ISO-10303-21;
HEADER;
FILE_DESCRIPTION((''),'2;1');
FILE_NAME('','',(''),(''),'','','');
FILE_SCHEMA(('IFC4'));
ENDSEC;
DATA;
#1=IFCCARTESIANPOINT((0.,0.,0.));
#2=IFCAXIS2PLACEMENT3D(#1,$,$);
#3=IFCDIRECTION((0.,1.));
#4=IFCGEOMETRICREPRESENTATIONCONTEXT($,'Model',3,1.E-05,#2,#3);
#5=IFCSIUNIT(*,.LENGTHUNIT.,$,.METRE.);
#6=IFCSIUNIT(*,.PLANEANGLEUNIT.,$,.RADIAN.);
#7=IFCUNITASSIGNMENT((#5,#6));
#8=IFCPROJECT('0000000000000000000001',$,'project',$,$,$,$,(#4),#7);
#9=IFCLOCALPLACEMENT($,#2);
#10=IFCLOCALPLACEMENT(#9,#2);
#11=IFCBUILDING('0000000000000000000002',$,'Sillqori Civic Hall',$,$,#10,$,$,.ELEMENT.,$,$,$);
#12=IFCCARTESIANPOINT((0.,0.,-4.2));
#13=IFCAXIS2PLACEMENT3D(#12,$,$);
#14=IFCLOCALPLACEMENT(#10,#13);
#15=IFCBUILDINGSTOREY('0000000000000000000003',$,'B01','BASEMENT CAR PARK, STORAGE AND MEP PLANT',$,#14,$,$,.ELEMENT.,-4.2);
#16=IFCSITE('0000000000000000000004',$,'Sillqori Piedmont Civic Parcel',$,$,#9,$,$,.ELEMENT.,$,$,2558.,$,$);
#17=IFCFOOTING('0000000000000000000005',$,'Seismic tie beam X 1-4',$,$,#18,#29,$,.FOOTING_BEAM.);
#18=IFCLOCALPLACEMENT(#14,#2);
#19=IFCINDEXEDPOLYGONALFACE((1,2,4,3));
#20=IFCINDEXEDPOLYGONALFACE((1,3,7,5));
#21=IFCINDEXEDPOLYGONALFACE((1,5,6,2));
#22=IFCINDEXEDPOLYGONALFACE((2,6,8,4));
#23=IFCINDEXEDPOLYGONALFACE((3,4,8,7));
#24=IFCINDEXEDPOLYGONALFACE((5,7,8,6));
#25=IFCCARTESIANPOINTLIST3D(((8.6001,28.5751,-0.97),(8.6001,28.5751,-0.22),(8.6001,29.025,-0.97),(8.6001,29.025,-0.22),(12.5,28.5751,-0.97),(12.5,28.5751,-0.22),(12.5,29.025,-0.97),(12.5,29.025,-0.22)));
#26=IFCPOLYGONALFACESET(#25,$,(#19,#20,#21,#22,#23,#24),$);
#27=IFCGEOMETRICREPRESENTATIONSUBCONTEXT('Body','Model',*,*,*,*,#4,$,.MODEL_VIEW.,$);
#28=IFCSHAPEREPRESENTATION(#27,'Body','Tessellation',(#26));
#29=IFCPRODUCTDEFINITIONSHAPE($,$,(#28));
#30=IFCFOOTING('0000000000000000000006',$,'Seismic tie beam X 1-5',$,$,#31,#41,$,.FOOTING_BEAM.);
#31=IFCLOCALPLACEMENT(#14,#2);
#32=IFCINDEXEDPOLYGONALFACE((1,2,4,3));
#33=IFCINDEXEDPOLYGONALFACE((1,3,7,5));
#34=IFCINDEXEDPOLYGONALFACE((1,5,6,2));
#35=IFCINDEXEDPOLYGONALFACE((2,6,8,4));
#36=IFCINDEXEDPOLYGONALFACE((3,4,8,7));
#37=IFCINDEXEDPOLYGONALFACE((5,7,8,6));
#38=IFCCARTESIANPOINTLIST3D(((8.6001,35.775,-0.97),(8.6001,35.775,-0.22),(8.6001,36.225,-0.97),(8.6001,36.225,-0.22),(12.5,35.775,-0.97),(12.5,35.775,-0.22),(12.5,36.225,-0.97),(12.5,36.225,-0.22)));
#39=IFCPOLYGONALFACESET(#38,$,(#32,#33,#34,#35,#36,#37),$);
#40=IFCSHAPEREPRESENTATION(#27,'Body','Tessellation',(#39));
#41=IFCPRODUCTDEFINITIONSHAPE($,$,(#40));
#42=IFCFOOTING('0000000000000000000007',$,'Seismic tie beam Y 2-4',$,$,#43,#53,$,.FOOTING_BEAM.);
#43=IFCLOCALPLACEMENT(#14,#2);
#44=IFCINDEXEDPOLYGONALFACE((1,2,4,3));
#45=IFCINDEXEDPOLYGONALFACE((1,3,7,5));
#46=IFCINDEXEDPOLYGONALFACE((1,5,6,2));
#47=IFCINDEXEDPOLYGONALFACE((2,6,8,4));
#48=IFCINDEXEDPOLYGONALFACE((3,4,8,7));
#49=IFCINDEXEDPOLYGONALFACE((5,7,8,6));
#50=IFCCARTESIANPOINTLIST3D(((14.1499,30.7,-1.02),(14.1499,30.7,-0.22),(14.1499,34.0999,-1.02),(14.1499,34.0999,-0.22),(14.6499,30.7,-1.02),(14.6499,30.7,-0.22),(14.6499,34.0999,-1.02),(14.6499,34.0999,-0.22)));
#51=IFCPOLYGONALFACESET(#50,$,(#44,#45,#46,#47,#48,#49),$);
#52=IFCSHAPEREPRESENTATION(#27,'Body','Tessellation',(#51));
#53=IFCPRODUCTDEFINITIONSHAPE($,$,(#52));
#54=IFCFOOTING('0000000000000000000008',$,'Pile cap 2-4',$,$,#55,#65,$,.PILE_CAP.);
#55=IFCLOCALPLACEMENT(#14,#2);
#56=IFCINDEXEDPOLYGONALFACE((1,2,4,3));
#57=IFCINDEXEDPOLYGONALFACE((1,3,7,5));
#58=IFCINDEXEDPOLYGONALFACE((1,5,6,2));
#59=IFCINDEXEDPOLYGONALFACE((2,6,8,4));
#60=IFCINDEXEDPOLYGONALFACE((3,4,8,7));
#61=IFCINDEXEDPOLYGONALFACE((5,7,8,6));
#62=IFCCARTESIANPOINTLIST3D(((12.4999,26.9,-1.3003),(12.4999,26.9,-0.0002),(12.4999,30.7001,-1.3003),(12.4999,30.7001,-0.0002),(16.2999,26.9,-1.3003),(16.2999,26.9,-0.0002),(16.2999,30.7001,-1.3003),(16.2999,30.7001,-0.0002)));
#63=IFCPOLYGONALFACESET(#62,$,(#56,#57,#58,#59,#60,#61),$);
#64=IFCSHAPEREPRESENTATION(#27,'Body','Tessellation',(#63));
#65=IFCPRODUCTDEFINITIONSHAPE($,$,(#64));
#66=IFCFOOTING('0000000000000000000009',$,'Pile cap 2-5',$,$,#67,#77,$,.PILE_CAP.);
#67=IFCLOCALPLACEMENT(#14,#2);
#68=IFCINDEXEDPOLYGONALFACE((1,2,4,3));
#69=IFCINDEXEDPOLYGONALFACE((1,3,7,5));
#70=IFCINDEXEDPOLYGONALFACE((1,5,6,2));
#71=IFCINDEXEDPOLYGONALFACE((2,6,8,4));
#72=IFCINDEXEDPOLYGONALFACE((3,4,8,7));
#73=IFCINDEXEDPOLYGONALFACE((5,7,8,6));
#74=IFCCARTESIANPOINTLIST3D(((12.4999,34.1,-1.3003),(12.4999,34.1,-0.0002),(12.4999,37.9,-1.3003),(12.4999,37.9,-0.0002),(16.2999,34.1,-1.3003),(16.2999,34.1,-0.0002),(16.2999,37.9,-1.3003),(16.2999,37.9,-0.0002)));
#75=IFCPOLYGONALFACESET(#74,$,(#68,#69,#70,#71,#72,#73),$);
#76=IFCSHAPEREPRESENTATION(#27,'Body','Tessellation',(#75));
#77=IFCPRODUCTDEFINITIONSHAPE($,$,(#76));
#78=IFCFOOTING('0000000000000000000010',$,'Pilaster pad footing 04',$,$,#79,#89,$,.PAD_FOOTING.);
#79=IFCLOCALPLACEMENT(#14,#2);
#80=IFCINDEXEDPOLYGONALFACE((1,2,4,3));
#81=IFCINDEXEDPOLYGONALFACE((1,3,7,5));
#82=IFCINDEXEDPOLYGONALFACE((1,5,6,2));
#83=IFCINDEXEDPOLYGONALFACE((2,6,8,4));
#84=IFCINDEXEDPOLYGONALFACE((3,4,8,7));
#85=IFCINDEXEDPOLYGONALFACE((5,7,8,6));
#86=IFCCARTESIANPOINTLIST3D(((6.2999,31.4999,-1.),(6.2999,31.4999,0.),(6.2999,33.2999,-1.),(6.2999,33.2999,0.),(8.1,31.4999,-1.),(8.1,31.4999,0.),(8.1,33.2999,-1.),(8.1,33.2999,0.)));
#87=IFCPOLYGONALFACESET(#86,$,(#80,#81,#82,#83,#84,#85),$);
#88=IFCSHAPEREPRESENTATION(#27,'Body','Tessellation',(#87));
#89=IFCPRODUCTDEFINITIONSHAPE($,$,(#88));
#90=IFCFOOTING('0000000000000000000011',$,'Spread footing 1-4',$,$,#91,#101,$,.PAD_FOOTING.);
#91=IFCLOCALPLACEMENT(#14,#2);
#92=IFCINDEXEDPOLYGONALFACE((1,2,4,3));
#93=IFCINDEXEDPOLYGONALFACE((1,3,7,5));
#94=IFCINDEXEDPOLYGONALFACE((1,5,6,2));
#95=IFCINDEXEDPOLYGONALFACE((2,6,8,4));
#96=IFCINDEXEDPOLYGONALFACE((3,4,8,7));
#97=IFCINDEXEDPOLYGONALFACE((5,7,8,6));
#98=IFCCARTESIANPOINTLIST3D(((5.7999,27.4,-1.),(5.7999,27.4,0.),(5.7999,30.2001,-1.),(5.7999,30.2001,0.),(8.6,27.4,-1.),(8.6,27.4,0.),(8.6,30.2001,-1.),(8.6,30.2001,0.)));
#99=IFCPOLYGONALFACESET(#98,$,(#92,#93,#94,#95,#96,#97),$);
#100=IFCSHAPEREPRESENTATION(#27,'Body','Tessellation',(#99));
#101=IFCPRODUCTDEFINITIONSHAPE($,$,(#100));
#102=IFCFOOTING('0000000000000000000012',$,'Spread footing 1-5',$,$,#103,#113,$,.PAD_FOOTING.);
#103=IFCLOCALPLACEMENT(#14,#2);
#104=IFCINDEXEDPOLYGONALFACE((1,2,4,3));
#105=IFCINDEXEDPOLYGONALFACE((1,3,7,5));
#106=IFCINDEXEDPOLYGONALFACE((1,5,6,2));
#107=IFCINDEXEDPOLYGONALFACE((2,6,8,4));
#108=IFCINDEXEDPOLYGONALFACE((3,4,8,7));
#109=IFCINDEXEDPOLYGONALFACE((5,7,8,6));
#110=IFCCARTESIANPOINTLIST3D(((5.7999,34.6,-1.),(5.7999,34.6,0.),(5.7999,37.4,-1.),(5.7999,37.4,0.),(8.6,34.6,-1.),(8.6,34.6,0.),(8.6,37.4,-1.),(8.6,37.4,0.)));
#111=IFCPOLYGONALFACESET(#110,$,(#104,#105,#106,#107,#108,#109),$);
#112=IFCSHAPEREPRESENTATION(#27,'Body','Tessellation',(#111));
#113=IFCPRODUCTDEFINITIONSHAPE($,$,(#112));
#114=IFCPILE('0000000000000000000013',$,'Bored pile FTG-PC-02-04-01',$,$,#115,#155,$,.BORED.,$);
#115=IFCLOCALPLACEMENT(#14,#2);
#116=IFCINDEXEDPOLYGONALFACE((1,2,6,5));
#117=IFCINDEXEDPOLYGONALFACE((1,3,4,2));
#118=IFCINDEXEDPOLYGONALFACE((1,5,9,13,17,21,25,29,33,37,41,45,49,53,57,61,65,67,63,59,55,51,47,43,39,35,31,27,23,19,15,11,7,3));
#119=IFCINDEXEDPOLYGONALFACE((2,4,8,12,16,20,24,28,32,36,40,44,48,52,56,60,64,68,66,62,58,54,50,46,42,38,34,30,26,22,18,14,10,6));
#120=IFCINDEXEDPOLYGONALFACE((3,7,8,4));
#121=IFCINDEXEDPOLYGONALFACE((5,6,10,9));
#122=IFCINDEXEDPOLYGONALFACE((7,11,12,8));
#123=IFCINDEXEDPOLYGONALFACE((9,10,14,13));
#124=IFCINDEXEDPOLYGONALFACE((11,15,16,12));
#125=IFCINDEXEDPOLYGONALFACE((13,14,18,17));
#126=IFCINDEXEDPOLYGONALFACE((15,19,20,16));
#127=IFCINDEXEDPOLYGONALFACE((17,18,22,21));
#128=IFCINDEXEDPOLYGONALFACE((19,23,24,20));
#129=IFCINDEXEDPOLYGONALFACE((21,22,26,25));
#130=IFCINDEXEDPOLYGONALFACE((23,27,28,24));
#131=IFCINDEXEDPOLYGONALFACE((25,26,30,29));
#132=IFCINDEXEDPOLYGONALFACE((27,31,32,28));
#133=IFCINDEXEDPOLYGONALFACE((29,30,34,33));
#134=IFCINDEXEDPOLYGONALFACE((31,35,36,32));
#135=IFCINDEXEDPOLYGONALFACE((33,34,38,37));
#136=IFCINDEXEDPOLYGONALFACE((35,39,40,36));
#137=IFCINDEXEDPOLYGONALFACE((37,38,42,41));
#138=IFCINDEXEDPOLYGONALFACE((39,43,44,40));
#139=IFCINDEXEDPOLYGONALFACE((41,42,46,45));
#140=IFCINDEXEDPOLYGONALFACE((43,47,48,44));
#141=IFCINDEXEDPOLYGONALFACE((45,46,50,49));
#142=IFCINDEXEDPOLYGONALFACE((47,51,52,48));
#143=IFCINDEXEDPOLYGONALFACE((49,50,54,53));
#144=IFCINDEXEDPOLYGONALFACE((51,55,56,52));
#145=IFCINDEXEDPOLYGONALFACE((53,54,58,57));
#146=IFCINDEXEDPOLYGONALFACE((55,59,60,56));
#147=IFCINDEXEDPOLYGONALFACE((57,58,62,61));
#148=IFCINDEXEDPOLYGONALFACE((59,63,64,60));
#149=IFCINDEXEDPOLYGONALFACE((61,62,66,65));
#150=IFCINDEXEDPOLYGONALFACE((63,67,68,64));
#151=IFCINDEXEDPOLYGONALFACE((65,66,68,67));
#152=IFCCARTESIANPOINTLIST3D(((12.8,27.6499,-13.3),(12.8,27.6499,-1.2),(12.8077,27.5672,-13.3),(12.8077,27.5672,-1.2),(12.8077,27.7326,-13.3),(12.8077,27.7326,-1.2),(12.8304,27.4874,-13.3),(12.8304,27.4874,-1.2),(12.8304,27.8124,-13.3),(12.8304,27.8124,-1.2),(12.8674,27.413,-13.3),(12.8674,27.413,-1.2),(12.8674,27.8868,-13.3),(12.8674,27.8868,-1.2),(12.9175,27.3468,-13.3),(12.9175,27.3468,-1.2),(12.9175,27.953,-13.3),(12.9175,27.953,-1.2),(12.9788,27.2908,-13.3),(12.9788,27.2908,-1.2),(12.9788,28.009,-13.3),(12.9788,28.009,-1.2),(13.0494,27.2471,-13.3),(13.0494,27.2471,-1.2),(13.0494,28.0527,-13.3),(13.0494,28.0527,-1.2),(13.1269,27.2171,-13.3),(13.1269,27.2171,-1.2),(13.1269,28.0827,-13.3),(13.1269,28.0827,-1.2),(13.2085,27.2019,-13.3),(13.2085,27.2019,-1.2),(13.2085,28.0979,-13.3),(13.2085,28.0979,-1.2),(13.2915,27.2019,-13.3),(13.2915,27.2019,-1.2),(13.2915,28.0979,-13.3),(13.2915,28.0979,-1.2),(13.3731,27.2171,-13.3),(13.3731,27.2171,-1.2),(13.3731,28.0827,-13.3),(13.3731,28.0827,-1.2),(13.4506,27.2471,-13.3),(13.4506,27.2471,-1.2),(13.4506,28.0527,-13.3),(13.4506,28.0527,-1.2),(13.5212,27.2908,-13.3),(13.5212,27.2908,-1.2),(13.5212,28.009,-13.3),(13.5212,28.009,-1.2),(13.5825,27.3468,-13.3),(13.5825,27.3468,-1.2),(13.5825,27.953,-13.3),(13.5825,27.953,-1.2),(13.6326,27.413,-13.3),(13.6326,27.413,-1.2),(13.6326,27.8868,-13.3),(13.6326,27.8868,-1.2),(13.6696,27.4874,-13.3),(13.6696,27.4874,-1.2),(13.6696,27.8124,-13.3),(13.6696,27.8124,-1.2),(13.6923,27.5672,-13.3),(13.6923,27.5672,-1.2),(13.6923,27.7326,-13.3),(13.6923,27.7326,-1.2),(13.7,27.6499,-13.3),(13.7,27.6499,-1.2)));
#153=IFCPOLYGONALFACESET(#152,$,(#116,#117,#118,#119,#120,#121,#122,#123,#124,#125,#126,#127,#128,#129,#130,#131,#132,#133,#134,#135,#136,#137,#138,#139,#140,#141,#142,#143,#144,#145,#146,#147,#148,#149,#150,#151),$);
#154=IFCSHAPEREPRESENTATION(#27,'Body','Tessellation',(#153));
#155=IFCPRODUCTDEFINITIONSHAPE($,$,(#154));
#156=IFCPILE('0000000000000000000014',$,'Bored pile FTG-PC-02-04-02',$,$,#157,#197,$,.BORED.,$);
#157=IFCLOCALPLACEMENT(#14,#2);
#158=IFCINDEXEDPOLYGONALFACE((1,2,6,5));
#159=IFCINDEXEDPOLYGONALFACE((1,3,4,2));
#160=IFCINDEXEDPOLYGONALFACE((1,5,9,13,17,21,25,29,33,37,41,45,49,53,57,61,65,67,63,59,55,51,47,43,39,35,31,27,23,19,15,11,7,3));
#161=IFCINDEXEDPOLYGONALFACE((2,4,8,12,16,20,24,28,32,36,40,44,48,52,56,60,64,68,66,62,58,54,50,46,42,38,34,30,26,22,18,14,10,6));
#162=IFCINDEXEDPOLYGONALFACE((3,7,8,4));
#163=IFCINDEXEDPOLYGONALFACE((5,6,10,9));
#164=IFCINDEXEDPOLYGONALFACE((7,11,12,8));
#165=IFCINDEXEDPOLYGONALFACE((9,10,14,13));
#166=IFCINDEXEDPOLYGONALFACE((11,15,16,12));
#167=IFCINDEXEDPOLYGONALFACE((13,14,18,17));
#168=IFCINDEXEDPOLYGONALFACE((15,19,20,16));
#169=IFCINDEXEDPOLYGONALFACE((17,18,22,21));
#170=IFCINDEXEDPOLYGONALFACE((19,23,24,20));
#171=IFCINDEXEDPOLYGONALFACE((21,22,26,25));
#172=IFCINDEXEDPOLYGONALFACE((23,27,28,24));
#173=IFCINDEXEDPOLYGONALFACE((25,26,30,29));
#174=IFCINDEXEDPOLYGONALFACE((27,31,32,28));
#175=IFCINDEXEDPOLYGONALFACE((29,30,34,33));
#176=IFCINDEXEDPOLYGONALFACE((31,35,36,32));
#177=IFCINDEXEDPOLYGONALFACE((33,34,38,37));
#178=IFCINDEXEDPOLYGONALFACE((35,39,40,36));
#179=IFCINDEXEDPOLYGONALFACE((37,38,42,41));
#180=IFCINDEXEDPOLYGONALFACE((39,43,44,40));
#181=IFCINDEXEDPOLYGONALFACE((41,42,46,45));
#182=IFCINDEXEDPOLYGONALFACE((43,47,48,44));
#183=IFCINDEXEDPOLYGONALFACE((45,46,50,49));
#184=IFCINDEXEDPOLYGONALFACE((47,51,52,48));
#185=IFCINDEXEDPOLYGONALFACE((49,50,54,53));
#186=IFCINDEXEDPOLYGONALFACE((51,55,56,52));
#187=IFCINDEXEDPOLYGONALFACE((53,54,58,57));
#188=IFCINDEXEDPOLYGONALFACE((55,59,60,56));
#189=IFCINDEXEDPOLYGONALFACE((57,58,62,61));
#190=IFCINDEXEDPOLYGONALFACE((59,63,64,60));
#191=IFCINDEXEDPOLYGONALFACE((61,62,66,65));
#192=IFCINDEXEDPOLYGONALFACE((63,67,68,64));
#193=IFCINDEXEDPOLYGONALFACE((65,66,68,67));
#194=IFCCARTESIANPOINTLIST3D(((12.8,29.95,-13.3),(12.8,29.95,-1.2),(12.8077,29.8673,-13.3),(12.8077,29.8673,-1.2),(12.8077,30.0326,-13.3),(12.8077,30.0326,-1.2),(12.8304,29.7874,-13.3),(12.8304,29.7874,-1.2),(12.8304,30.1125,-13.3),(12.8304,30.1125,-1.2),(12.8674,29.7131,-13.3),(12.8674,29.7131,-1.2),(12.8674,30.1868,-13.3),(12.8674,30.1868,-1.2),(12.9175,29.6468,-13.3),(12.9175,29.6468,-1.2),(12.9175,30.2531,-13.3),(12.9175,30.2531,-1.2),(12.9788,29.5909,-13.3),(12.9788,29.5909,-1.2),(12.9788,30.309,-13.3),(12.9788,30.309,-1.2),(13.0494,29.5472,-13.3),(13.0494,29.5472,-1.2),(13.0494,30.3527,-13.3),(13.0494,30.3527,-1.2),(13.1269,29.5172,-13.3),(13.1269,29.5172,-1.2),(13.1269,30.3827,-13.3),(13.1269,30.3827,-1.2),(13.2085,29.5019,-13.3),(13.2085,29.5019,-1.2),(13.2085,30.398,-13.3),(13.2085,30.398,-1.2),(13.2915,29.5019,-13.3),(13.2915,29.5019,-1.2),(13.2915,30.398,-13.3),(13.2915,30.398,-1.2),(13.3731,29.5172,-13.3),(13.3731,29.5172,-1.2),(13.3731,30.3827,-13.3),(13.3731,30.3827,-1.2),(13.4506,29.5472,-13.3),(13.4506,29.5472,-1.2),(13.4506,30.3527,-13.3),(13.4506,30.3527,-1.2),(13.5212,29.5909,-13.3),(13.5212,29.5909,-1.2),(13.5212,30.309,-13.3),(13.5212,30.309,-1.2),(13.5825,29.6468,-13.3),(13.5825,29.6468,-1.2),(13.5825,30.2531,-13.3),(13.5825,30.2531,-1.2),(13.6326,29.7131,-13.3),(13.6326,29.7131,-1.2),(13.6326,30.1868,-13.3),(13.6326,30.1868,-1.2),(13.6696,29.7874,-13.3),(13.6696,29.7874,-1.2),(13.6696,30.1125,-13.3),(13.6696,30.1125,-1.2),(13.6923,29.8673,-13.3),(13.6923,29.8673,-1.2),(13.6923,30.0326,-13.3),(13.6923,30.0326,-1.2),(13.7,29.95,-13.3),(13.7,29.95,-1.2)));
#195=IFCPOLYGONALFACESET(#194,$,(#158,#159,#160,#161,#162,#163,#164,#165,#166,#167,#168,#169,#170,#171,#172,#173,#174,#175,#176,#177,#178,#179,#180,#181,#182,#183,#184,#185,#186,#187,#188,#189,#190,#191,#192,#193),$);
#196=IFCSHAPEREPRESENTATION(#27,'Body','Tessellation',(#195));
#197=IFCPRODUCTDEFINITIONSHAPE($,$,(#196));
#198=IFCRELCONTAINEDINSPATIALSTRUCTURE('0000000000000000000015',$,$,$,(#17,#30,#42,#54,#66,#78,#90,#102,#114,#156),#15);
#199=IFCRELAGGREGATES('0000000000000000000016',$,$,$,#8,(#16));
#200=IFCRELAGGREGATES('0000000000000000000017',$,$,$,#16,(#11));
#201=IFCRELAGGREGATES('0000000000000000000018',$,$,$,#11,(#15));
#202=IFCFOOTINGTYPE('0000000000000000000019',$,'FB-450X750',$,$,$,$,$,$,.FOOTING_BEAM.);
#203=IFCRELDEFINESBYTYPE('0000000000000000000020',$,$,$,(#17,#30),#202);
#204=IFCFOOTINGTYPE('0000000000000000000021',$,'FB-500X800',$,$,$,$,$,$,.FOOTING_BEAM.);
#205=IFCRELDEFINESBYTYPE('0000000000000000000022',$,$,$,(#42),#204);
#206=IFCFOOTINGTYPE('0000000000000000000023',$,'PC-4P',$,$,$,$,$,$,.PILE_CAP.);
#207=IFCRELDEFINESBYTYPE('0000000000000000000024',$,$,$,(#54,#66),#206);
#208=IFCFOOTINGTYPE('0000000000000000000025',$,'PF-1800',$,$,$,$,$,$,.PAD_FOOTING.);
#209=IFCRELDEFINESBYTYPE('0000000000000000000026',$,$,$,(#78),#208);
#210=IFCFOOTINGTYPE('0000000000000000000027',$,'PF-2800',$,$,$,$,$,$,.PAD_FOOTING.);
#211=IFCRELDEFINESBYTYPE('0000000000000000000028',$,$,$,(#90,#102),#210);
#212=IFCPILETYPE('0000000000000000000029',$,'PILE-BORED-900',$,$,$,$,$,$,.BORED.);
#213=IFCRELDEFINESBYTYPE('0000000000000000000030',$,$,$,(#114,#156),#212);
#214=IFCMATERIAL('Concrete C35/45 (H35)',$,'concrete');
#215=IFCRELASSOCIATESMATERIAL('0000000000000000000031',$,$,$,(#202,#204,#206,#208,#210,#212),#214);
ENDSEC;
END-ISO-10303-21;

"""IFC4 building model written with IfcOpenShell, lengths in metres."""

from ifc_helpers import new_model, si_unit, direction, frame, origin, origin_2d, place, context, subcontext, project, spatial, rectangle, circle, extrude, material, material_profile, profile_set, type_object, element, save


model = new_model("IFC4")

# Units and contexts
model_context = context("Model", 3, precision=1e-05, world=origin(), true_north=direction((0.0, 1.0)))
body_context = subcontext(model_context, "Body", "Model", "MODEL_VIEW")
ifc_project = project(units=[si_unit("LENGTHUNIT", "METRE"), si_unit("PLANEANGLEUNIT", "RADIAN")], contexts=[model_context])

# Site, building, storey
site_placement = place(None, origin())
site = spatial("IfcSite", under=ifc_project, at=site_placement, Name="Sillqori Piedmont Civic Parcel", CompositionType="ELEMENT", RefElevation=2558.0)
building_placement = place(site_placement, origin())
building = spatial("IfcBuilding", under=site, at=building_placement, Name="Sillqori Civic Hall", CompositionType="ELEMENT")
storey_placement = place(building_placement, frame((0.0, 0.0, -4.2)))
storey = spatial("IfcBuildingStorey", under=building, at=storey_placement, Name="B01", Description="BASEMENT CAR PARK, STORAGE AND MEP PLANT", CompositionType="ELEMENT", Elevation=-4.2)

# Footings
ifc_material = material(Name="Concrete C35/45 (H35)", Category="concrete")
footing_type_1 = type_object("IfcFootingType", Name="FB-450X750", PredefinedType="FOOTING_BEAM", material=ifc_material)
for number, where, z_axis, x_axis, name in (
    (1, (10.55, 28.8, -0.97), (0.0, 0.0, 1.0), (1.0, 0.0, 0.0), "Seismic tie beam X 1-4"),
    (2, (10.55, 36.0, -0.97), (0.0, 0.0, 1.0), (1.0, 0.0, 0.0), "Seismic tie beam X 1-5"),
):
    element("IfcFooting", number, at=place(storey_placement, frame(where, z_axis=z_axis, x_axis=x_axis)), inside=storey, type_object=footing_type_1, Name=name, PredefinedType="FOOTING_BEAM", context=body_context, shape_type="SweptSolid", body=[
        extrude(rectangle(XDim=3.8999, YDim=0.45, at=origin_2d()), origin(), (0.0, 0.0, 1.0), 0.75),
    ])
footing_type_2 = type_object("IfcFootingType", Name="FB-500X800", PredefinedType="FOOTING_BEAM", material=ifc_material)
footing_1_placement = place(storey_placement, frame((14.3999, 32.3999, -1.02), z_axis=(0.0, 0.0, 1.0), x_axis=(1.0, 0.0, 0.0)))
element("IfcFooting", 3, at=footing_1_placement, inside=storey, type_object=footing_type_2, Name="Seismic tie beam Y 2-4", PredefinedType="FOOTING_BEAM", context=body_context, shape_type="SweptSolid", body=[
    extrude(rectangle(XDim=0.5, YDim=3.3999, at=origin_2d()), origin(), (0.0, 0.0, 1.0), 0.8),
])
footing_type_3 = type_object("IfcFootingType", Name="PC-4P", PredefinedType="PILE_CAP", material=ifc_material)
for number, where, z_axis, x_axis, name in (
    (4, (14.3999, 28.8, -1.3003), (0.0, 0.0, 1.0), (1.0, 0.0, 0.0), "Pile cap 2-4"),
    (5, (14.3999, 36.0, -1.3003), (0.0, 0.0, 1.0), (1.0, 0.0, 0.0), "Pile cap 2-5"),
):
    element("IfcFooting", number, at=place(storey_placement, frame(where, z_axis=z_axis, x_axis=x_axis)), inside=storey, type_object=footing_type_3, Name=name, PredefinedType="PILE_CAP", context=body_context, shape_type="SweptSolid", body=[
        extrude(rectangle(XDim=3.8, YDim=3.8, at=origin_2d()), origin(), (0.0, 0.0, 1.0), 1.3),
    ])
footing_type_4 = type_object("IfcFootingType", Name="PF-1800", PredefinedType="PAD_FOOTING", material=ifc_material)
footing_2_placement = place(storey_placement, frame((7.2, 32.3999, -1.0), z_axis=(0.0, 0.0, 1.0), x_axis=(1.0, 0.0, 0.0)))
element("IfcFooting", 6, at=footing_2_placement, inside=storey, type_object=footing_type_4, Name="Pilaster pad footing 04", PredefinedType="PAD_FOOTING", context=body_context, shape_type="SweptSolid", body=[
    extrude(rectangle(XDim=1.8, YDim=1.8, at=origin_2d()), origin(), (0.0, 0.0, 1.0), 1.0),
])
footing_type_5 = type_object("IfcFootingType", Name="PF-2800", PredefinedType="PAD_FOOTING", material=ifc_material)
for number, where, z_axis, x_axis, name in (
    (7, (7.2, 28.8, -1.0), (0.0, 0.0, 1.0), (1.0, 0.0, 0.0), "Spread footing 1-4"),
    (8, (7.2, 36.0, -1.0), (0.0, 0.0, 1.0), (1.0, 0.0, 0.0), "Spread footing 1-5"),
):
    element("IfcFooting", number, at=place(storey_placement, frame(where, z_axis=z_axis, x_axis=x_axis)), inside=storey, type_object=footing_type_5, Name=name, PredefinedType="PAD_FOOTING", context=body_context, shape_type="SweptSolid", body=[
        extrude(rectangle(XDim=2.8, YDim=2.8, at=origin_2d()), origin(), (0.0, 0.0, 1.0), 1.0),
    ])

# Piles
ifc_material_profile_1 = material_profile(ifc_material, circle(Radius=0.45, at=origin_2d()), Name="BORED PILE 900")
ifc_profile_set_1 = profile_set([ifc_material_profile_1], Name="Concrete C35/45 (H35)")
pile_type = type_object("IfcPileType", Name="PILE-BORED-900", PredefinedType="BORED", material=ifc_profile_set_1)
for number, where, z_axis, x_axis, name in (
    (9, (13.25, 27.6499, -1.2), (0.0, 0.0, -1.0), (1.0, 0.0, 0.0), "Bored pile FTG-PC-02-04-01"),
    (10, (13.25, 29.95, -1.2), (0.0, 0.0, -1.0), (1.0, 0.0, 0.0), "Bored pile FTG-PC-02-04-02"),
):
    element("IfcPile", number, at=place(storey_placement, frame(where, z_axis=z_axis, x_axis=x_axis)), inside=storey, type_object=pile_type, Name=name, PredefinedType="BORED", context=body_context, shape_type="SweptSolid", body=[
        extrude(circle(Radius=0.45, at=origin_2d()), origin(), (0.0, 0.0, 1.0), 12.1001),
    ])

save(model, "model.ifc")
